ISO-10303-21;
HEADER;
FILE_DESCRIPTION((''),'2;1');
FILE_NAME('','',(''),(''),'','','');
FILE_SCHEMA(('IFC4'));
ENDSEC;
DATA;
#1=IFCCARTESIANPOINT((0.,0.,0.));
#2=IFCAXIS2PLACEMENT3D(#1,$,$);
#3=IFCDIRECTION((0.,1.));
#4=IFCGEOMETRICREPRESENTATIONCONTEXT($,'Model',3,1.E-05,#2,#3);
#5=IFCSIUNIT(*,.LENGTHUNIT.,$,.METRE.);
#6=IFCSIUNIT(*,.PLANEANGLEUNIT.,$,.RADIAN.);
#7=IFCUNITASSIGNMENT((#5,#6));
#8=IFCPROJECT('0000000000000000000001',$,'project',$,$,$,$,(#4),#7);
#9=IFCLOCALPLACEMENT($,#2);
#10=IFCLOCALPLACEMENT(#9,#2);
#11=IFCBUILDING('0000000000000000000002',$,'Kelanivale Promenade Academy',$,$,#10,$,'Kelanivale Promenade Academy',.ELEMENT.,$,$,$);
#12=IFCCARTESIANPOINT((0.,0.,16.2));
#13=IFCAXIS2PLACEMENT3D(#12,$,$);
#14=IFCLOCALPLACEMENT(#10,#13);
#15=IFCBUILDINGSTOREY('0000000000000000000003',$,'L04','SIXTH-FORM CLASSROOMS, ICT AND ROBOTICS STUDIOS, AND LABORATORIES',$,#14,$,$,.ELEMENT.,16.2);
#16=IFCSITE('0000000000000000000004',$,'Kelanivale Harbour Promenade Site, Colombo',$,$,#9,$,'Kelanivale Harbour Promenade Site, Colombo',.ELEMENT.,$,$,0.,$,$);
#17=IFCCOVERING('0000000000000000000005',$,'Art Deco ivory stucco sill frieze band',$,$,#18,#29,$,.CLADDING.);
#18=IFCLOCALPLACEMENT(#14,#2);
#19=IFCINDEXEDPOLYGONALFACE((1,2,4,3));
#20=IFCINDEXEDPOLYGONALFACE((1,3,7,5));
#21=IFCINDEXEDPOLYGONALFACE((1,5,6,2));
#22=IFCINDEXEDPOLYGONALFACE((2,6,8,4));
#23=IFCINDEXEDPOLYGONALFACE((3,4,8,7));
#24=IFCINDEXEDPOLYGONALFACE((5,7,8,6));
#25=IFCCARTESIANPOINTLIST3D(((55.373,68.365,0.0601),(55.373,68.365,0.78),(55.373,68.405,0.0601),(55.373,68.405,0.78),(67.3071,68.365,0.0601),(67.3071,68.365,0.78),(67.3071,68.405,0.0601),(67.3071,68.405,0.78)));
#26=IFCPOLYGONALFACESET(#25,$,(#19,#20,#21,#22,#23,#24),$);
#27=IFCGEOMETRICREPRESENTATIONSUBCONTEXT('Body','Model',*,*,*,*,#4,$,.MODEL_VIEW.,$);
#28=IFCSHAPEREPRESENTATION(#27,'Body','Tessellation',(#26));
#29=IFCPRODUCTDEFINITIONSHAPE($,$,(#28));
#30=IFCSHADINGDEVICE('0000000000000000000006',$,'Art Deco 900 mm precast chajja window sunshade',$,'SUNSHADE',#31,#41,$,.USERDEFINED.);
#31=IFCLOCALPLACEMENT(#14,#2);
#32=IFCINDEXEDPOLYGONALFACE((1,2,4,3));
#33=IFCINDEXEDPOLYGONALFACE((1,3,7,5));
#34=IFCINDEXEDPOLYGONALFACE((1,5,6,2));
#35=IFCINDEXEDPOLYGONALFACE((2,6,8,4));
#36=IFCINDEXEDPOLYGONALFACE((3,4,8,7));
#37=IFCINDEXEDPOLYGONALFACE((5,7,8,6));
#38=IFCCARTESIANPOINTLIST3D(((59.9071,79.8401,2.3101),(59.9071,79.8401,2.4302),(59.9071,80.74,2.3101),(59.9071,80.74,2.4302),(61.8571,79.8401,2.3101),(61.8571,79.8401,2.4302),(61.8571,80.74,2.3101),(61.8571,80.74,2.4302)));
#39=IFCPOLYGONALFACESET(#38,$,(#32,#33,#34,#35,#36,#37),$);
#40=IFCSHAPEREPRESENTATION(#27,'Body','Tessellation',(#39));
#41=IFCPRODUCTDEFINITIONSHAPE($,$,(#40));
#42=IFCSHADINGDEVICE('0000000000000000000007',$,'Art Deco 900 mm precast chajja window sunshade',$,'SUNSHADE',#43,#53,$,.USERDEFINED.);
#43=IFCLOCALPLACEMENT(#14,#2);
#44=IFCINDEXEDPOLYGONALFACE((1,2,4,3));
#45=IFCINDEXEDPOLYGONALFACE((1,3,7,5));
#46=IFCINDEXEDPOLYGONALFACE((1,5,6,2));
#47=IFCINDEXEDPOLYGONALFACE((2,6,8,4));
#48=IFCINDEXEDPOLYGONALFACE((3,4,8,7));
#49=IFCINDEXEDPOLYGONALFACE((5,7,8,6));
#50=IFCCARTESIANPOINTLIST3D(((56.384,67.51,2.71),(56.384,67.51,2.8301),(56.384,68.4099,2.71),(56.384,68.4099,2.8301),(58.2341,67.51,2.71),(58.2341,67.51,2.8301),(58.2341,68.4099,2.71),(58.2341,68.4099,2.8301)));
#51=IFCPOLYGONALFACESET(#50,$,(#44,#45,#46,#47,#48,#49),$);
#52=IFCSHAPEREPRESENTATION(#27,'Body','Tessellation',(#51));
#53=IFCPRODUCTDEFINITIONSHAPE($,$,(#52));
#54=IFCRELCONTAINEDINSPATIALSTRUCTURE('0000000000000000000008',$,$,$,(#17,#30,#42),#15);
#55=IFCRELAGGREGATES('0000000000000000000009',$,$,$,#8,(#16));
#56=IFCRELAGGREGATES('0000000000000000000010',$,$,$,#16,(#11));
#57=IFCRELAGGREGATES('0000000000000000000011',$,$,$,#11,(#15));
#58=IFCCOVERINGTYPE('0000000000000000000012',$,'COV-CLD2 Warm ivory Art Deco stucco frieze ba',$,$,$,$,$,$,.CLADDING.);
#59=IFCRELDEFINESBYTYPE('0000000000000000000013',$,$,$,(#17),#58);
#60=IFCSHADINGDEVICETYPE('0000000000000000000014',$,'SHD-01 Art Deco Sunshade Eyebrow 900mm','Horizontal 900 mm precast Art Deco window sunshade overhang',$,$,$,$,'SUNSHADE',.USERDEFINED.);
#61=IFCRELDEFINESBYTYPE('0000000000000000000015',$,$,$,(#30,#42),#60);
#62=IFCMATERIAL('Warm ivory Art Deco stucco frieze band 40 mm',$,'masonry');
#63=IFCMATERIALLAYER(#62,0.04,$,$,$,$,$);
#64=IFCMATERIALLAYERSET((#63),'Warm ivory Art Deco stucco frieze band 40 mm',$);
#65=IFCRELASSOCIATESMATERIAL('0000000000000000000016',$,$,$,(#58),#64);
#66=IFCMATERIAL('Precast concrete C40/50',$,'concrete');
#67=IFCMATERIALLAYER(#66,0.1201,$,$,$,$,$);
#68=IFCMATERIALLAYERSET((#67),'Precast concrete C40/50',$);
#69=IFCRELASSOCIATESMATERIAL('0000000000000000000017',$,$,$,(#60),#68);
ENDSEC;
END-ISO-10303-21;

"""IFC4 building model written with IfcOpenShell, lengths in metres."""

from ifc_helpers import new_model, si_unit, direction, frame, origin, origin_2d, place, context, subcontext, project, spatial, rectangle, extrude, material, layer, layer_set, type_object, element, save


model = new_model("IFC4")

# Units and contexts
model_context = context("Model", 3, precision=1e-05, world=origin(), true_north=direction((0.0, 1.0)))
body_context = subcontext(model_context, "Body", "Model", "MODEL_VIEW")
ifc_project = project(units=[si_unit("LENGTHUNIT", "METRE"), si_unit("PLANEANGLEUNIT", "RADIAN")], contexts=[model_context])

# Site, building, storey
site_placement = place(None, origin())
site = spatial("IfcSite", under=ifc_project, at=site_placement, Name="Kelanivale Harbour Promenade Site, Colombo", LongName="Kelanivale Harbour Promenade Site, Colombo", CompositionType="ELEMENT", RefElevation=0.0)
building_placement = place(site_placement, origin())
building = spatial("IfcBuilding", under=site, at=building_placement, Name="Kelanivale Promenade Academy", LongName="Kelanivale Promenade Academy", CompositionType="ELEMENT")
storey_placement = place(building_placement, frame((0.0, 0.0, 16.2)))
storey = spatial("IfcBuildingStorey", under=building, at=storey_placement, Name="L04", Description="SIXTH-FORM CLASSROOMS, ICT AND ROBOTICS STUDIOS, AND LABORATORIES", CompositionType="ELEMENT", Elevation=16.2)

# Shared definitions
ifc_material_1 = material(Name="Precast concrete C40/50", Category="concrete")

# Covering
ifc_material_2 = material(Name="Warm ivory Art Deco stucco frieze band 40 mm", Category="masonry")
ifc_layer_1 = layer(ifc_material_2, 0.04)
ifc_layer_set_1 = layer_set([ifc_layer_1], Name="Warm ivory Art Deco stucco frieze band 40 mm")
covering_type = type_object("IfcCoveringType", Name="COV-CLD2 Warm ivory Art Deco stucco frieze ba", PredefinedType="CLADDING", material=ifc_layer_set_1)
covering_1_placement = place(storey_placement, frame((61.3401, 68.385, 0.0601), z_axis=(0.0, 0.0, 1.0), x_axis=(1.0, 0.0, 0.0)))
element("IfcCovering", 1, at=covering_1_placement, inside=storey, type_object=covering_type, Name="Art Deco ivory stucco sill frieze band", PredefinedType="CLADDING", context=body_context, shape_type="SweptSolid", body=[
    extrude(rectangle(XDim=11.9341, YDim=0.04, at=origin_2d()), origin(), (0.0, 0.0, 1.0), 0.72),
])

# Shading devices
ifc_layer_2 = layer(ifc_material_1, 0.1201)
ifc_layer_set_2 = layer_set([ifc_layer_2], Name="Precast concrete C40/50")
shading_device_type = type_object("IfcShadingDeviceType", Name="SHD-01 Art Deco Sunshade Eyebrow 900mm", Description="Horizontal 900 mm precast Art Deco window sunshade overhang", ElementType="SUNSHADE", PredefinedType="USERDEFINED", material=ifc_layer_set_2)
shading_device_1_placement = place(storey_placement, frame((60.8821, 80.29, 2.3101), z_axis=(0.0, 0.0, 1.0), x_axis=(-1.0, 0.0, 0.0)))
element("IfcShadingDevice", 2, at=shading_device_1_placement, inside=storey, type_object=shading_device_type, Name="Art Deco 900 mm precast chajja window sunshade", ObjectType="SUNSHADE", PredefinedType="USERDEFINED", context=body_context, shape_type="SweptSolid", body=[
    extrude(rectangle(XDim=1.95, YDim=0.8999, at=origin_2d()), origin(), (0.0, 0.0, 1.0), 0.1201),
])
shading_device_2_placement = place(storey_placement, frame((57.3091, 67.96, 2.71), z_axis=(0.0, 0.0, 1.0), x_axis=(1.0, 0.0, 0.0)))
element("IfcShadingDevice", 3, at=shading_device_2_placement, inside=storey, type_object=shading_device_type, Name="Art Deco 900 mm precast chajja window sunshade", ObjectType="SUNSHADE", PredefinedType="USERDEFINED", context=body_context, shape_type="SweptSolid", body=[
    extrude(rectangle(XDim=1.8501, YDim=0.8999, at=origin_2d()), origin(), (0.0, 0.0, 1.0), 0.1201),
])

save(model, "model.ifc")
